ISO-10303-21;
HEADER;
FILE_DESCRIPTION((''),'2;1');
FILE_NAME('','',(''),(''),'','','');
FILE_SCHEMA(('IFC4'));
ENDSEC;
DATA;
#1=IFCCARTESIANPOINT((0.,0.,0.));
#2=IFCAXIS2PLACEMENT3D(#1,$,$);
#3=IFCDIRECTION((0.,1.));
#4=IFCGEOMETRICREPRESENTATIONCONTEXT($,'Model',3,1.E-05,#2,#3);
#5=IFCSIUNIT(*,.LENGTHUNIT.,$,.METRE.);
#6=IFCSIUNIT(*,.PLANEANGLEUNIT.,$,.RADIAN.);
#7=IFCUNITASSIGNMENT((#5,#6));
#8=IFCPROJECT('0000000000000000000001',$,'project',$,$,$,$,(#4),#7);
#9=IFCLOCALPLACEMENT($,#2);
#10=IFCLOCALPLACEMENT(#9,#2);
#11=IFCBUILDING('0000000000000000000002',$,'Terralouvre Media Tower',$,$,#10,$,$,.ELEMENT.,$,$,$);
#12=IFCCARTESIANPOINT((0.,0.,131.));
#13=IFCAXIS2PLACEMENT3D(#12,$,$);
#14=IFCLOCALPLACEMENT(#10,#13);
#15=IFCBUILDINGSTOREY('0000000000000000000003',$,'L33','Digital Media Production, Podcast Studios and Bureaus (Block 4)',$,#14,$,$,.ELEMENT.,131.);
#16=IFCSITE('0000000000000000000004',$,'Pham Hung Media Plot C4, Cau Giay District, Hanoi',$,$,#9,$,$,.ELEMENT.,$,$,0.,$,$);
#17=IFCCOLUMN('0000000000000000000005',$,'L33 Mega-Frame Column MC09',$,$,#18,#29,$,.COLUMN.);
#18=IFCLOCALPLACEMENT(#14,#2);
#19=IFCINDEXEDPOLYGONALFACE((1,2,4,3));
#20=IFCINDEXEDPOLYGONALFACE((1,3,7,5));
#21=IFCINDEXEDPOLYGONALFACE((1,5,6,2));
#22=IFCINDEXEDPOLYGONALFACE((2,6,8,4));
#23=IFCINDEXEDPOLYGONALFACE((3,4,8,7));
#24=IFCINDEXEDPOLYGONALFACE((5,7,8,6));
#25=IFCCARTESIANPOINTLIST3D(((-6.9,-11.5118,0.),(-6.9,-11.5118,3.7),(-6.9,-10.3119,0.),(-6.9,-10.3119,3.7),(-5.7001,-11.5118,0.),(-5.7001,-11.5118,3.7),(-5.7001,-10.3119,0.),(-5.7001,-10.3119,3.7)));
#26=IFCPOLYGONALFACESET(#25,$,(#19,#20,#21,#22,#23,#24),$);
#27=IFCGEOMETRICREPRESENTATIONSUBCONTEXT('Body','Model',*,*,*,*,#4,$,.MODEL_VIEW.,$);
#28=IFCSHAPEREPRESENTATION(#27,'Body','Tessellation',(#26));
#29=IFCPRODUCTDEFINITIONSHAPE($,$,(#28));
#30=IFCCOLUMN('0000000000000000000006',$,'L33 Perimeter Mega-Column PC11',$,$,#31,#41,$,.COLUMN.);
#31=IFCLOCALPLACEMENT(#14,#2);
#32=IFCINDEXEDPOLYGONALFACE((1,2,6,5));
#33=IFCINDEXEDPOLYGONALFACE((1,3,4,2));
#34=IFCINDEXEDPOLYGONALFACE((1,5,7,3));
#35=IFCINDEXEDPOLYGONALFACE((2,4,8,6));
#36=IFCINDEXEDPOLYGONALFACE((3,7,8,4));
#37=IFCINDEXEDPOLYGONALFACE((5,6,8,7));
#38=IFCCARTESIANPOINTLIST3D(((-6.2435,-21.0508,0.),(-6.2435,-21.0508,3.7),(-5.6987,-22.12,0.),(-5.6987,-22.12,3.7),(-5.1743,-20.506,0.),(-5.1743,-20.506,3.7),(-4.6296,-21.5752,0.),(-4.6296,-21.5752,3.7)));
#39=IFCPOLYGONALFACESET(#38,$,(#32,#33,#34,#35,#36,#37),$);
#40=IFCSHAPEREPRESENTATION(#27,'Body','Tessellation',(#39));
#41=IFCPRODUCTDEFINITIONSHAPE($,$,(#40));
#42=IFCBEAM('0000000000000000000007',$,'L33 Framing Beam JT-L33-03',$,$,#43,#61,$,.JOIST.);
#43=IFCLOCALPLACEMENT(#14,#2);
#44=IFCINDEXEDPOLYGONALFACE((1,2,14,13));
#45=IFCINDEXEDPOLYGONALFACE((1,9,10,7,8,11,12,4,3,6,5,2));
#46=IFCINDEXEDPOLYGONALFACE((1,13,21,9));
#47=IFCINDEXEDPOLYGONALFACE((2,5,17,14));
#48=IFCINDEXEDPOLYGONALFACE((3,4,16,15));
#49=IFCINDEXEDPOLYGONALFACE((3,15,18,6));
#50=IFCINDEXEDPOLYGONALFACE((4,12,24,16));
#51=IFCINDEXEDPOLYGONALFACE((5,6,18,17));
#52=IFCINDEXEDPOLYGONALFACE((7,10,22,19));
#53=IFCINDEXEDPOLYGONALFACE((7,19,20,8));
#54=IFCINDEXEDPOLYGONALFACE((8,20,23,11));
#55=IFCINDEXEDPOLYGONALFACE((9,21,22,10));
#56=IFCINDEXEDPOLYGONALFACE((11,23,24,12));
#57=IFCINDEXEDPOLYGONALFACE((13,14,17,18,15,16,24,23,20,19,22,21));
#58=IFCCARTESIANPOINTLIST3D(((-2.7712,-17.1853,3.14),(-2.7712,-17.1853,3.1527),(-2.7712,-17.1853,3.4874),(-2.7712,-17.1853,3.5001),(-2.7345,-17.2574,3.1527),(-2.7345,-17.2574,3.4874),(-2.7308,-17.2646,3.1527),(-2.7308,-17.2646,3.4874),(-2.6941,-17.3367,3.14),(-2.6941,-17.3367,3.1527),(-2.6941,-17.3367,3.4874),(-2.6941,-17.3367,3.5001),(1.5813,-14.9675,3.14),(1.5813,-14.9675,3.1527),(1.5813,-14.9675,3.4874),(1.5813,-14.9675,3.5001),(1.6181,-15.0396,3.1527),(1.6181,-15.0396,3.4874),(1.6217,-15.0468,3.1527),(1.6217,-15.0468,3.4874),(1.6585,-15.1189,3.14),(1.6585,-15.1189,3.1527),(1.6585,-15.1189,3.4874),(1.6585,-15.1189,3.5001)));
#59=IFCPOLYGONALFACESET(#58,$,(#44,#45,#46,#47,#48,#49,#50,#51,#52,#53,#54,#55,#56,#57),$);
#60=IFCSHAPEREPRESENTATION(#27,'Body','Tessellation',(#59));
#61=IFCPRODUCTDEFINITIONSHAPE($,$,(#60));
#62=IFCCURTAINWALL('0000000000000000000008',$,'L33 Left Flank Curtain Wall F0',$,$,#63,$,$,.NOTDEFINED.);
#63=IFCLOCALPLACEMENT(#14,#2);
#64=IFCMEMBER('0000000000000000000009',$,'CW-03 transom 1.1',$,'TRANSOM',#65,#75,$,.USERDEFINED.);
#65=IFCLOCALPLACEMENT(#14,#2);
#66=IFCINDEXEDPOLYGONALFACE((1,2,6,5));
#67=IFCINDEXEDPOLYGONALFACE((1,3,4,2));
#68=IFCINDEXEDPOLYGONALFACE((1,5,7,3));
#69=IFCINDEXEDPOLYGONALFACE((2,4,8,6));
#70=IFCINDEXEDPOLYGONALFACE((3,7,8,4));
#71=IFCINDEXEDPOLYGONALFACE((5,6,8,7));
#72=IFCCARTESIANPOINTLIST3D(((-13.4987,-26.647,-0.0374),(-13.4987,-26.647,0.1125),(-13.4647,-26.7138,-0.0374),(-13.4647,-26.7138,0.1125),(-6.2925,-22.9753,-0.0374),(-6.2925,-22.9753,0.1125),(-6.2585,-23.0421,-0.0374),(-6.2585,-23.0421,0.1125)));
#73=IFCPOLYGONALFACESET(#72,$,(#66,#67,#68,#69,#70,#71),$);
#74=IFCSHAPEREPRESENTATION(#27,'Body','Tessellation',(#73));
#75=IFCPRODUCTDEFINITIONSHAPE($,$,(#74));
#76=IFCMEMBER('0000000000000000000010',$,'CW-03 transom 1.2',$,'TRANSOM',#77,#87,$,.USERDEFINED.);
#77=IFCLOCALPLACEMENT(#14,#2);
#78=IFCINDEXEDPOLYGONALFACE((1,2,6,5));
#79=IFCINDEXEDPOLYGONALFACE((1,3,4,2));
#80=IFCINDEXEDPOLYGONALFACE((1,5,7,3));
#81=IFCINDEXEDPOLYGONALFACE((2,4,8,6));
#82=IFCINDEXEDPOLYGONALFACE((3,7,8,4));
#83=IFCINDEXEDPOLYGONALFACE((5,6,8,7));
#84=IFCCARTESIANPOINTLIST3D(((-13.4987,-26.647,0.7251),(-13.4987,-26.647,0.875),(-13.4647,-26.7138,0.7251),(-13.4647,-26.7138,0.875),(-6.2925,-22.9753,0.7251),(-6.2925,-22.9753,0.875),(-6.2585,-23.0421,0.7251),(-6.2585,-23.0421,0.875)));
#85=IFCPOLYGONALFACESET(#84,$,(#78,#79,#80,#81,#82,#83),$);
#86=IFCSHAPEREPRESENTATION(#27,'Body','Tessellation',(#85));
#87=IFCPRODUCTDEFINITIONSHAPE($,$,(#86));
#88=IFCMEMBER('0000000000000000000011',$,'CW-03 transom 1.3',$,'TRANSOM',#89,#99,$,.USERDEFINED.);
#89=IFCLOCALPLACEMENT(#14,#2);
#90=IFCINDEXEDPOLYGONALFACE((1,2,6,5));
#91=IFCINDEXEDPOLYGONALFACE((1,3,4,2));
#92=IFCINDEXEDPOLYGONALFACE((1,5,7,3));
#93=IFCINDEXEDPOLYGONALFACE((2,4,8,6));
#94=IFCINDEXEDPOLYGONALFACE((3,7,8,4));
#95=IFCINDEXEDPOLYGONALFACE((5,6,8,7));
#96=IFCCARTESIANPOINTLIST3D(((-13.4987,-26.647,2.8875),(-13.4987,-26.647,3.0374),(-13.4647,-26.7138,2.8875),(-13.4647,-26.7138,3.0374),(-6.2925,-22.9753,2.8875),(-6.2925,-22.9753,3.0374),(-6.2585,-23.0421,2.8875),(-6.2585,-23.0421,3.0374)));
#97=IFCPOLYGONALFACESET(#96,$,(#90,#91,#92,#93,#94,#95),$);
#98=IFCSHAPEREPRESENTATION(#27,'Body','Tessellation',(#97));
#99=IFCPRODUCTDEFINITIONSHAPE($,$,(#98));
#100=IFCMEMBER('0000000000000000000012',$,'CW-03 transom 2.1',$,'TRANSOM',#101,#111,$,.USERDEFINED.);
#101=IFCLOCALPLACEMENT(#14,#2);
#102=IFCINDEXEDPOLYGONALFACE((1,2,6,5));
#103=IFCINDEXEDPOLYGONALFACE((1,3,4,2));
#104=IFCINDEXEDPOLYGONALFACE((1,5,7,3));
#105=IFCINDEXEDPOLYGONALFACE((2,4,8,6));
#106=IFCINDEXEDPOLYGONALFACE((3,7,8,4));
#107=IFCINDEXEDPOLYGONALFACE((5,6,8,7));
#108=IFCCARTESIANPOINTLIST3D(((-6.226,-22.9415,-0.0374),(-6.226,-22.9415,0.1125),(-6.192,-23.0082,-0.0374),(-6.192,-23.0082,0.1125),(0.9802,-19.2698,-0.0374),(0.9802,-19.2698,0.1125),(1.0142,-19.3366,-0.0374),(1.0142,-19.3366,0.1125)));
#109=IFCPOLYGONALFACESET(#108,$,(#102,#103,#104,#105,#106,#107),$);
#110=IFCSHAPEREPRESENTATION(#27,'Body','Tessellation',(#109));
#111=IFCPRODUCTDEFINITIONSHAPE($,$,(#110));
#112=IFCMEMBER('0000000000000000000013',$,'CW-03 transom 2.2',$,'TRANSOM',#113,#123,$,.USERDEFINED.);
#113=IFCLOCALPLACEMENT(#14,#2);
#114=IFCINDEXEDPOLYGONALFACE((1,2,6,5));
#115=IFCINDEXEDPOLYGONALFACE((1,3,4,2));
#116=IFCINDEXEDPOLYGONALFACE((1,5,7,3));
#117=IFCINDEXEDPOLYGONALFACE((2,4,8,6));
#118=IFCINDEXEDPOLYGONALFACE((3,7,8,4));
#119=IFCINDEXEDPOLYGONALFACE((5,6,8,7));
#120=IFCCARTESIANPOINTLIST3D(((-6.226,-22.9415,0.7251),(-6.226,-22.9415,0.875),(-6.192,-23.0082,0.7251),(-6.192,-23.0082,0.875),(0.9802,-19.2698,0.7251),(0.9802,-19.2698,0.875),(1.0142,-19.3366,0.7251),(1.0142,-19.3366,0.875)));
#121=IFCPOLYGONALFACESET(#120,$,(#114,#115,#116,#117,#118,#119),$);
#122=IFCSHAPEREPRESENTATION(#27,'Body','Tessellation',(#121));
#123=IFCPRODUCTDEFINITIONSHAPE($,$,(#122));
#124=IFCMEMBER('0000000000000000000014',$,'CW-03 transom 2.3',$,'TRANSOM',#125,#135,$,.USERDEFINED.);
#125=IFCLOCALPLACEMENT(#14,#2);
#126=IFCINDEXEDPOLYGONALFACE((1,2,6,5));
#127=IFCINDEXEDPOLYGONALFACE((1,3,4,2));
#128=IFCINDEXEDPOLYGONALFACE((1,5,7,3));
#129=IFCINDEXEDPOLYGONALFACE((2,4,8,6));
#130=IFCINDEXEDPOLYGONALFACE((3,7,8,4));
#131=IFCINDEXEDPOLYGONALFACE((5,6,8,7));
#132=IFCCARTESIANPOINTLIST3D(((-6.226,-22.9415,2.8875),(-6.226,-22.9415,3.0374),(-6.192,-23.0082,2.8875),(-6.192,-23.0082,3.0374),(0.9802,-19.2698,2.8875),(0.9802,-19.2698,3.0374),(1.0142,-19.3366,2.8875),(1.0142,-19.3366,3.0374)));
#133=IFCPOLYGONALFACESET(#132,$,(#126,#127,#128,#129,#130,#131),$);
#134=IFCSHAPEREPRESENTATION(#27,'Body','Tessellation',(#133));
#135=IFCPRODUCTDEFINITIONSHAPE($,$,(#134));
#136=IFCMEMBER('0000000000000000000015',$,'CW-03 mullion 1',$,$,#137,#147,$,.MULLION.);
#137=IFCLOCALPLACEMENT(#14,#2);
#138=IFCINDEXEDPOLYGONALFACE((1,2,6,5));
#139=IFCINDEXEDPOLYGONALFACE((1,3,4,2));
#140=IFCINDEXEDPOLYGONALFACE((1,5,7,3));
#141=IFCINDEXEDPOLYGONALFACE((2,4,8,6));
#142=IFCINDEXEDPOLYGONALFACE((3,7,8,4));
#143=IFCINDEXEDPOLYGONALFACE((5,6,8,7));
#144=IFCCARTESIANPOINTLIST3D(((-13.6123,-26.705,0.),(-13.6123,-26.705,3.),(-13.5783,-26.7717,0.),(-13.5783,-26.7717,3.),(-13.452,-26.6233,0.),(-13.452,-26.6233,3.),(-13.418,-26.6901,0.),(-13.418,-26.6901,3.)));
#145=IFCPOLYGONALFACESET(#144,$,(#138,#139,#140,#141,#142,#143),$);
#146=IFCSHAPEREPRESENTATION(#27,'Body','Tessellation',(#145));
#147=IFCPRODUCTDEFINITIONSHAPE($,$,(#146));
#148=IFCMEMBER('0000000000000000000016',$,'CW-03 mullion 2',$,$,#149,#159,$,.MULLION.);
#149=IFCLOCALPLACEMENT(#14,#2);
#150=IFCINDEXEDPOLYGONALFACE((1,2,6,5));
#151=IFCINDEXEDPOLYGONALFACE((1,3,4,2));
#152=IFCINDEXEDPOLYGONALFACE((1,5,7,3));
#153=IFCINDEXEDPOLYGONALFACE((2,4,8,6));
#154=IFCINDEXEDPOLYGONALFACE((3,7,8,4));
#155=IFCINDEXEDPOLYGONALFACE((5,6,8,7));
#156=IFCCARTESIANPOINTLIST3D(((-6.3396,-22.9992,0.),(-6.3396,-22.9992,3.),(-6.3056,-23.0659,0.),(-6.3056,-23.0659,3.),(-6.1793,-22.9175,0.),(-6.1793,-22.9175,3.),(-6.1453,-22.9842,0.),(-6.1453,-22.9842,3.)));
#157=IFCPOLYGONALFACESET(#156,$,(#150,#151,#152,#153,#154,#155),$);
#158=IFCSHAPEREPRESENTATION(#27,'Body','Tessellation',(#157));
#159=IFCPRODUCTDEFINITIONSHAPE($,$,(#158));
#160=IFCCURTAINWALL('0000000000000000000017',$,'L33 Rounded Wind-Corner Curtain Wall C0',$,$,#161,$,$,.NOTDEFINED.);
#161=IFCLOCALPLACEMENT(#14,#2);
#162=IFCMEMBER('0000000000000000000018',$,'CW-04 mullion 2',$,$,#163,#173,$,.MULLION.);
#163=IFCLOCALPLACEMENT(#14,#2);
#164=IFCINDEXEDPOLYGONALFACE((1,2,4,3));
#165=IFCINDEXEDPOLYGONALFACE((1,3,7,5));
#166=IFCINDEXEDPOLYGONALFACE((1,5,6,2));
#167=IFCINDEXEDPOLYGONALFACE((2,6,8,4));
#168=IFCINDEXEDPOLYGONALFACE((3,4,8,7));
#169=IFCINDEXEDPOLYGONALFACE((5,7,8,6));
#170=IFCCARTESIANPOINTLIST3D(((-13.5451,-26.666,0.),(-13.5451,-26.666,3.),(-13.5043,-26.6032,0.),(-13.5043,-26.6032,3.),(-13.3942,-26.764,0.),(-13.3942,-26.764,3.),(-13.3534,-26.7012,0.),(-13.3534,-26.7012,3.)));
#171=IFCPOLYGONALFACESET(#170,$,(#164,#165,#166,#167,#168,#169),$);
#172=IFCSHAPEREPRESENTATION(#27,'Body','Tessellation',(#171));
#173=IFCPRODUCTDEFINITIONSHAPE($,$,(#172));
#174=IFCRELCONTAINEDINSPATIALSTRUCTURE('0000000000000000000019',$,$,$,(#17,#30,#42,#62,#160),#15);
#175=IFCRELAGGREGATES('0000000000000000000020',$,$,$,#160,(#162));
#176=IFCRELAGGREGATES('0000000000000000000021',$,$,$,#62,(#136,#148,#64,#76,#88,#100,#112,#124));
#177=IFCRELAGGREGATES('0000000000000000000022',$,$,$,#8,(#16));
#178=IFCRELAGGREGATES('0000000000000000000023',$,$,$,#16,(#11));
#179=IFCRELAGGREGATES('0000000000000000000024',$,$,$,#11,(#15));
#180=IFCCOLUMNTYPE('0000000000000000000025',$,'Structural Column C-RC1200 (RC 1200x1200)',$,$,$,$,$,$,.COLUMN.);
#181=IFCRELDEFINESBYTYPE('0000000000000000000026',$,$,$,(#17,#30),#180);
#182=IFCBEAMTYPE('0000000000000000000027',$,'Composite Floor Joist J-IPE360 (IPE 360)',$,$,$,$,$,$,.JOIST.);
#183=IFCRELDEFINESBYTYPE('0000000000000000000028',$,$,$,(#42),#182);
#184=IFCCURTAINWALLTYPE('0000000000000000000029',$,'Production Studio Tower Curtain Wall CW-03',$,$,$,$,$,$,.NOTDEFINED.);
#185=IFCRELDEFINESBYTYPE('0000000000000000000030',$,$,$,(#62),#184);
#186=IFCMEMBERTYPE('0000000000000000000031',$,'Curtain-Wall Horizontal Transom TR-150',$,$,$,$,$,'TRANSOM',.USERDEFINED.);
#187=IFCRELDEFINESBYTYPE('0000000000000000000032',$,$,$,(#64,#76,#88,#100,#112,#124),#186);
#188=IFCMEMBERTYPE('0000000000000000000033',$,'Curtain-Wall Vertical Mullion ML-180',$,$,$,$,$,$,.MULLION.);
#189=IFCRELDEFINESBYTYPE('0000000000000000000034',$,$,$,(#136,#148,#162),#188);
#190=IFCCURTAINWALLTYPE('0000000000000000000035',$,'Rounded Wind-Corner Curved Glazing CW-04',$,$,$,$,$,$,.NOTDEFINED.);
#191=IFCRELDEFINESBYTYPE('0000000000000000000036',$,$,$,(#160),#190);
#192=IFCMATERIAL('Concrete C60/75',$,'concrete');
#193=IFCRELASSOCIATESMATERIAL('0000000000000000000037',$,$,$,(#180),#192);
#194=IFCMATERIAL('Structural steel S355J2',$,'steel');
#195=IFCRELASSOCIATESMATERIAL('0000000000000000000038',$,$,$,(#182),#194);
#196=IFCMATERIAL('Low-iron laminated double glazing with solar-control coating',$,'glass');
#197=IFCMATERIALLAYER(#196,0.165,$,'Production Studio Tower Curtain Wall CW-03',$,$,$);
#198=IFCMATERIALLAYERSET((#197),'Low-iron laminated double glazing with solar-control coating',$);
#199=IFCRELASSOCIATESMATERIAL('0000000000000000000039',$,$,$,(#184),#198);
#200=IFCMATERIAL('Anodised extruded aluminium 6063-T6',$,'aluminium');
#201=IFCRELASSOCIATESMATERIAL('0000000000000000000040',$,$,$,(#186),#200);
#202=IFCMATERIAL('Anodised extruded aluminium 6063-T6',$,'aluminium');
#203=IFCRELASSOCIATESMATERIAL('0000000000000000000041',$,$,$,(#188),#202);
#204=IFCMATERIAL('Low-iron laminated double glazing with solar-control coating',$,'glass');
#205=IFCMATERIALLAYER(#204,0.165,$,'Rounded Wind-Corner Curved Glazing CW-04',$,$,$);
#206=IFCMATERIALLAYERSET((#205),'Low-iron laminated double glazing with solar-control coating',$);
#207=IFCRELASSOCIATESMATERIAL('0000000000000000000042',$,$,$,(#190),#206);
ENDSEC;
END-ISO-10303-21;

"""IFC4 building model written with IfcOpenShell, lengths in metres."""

from ifc_helpers import new_model, si_unit, direction, frame, origin, origin_2d, place, context, subcontext, project, spatial, rectangle, i_section, extrude, material, layer, layer_set, material_profile, profile_set, type_object, element, aggregate, save


model = new_model("IFC4")

# Units and contexts
model_context = context("Model", 3, precision=1e-05, world=origin(), true_north=direction((0.0, 1.0)))
body_context = subcontext(model_context, "Body", "Model", "MODEL_VIEW")
ifc_project = project(units=[si_unit("LENGTHUNIT", "METRE"), si_unit("PLANEANGLEUNIT", "RADIAN")], contexts=[model_context])

# Site, building, storey
site_placement = place(None, origin())
site = spatial("IfcSite", under=ifc_project, at=site_placement, Name="Pham Hung Media Plot C4, Cau Giay District, Hanoi", CompositionType="ELEMENT", RefElevation=0.0)
building_placement = place(site_placement, origin())
building = spatial("IfcBuilding", under=site, at=building_placement, Name="Terralouvre Media Tower", CompositionType="ELEMENT")
storey_placement = place(building_placement, frame((0.0, 0.0, 131.0)))
storey = spatial("IfcBuildingStorey", under=building, at=storey_placement, Name="L33", Description="Digital Media Production, Podcast Studios and Bureaus (Block 4)", CompositionType="ELEMENT", Elevation=131.0)

# Columns
ifc_material_1 = material(Name="Concrete C60/75", Category="concrete")
ifc_material_profile_1 = material_profile(ifc_material_1, rectangle(XDim=1.2, YDim=1.2, at=origin_2d()), Name="RC 1200x1200")
ifc_profile_set_1 = profile_set([ifc_material_profile_1], Name="Concrete C60/75")
column_type = type_object("IfcColumnType", Name="Structural Column C-RC1200 (RC 1200x1200)", PredefinedType="COLUMN", material=ifc_profile_set_1)
for number, where, z_axis, x_axis, name in (
    (1, (-6.3, -10.9119, 0.0), (0.0, 0.0, 1.0), (1.0, 0.0, 0.0), "L33 Mega-Frame Column MC09"),
    (2, (-5.4365, -21.313, 0.0), (0.0, 0.0, 1.0), (0.891007, 0.45399, 0.0), "L33 Perimeter Mega-Column PC11"),
):
    element("IfcColumn", number, at=place(storey_placement, frame(where, z_axis=z_axis, x_axis=x_axis)), inside=storey, type_object=column_type, Name=name, PredefinedType="COLUMN", context=body_context, shape_type="SweptSolid", body=[
        extrude(rectangle(XDim=1.2, YDim=1.2, at=origin_2d()), origin(), (0.0, 0.0, 1.0), 3.7),
    ])

# Beam
ifc_material_2 = material(Name="Structural steel S355J2", Category="steel")
ifc_material_profile_2 = material_profile(ifc_material_2, i_section(OverallWidth=0.1699, OverallDepth=0.3601, WebThickness=0.0081, FlangeThickness=0.0127, at=origin_2d()), Name="IPE 360")
ifc_profile_set_2 = profile_set([ifc_material_profile_2], Name="Structural steel S355J2")
beam_type_1 = type_object("IfcBeamType", Name="Composite Floor Joist J-IPE360 (IPE 360)", PredefinedType="JOIST", material=ifc_profile_set_2)
beam_1_placement = place(storey_placement, frame((-2.7327, -17.261, 3.3201), z_axis=(0.891003, 0.453998, 0.0), x_axis=(-0.453998, 0.891003, 0.0)))
element("IfcBeam", 3, at=beam_1_placement, inside=storey, type_object=beam_type_1, Name="L33 Framing Beam JT-L33-03", PredefinedType="JOIST", context=body_context, shape_type="SweptSolid", body=[
    extrude(i_section(OverallWidth=0.1699, OverallDepth=0.3601, WebThickness=0.0081, FlangeThickness=0.0127, at=origin_2d()), origin(), (0.0, 0.0, 1.0), 4.885),
])

# Curtain wall, members
ifc_material_3 = material(Name="Low-iron laminated double glazing with solar-control coating", Category="glass")
ifc_layer_1 = layer(ifc_material_3, 0.165, Name="Production Studio Tower Curtain Wall CW-03")
ifc_layer_set_1 = layer_set([ifc_layer_1], Name="Low-iron laminated double glazing with solar-control coating")
curtain_wall_type_1 = type_object("IfcCurtainWallType", Name="Production Studio Tower Curtain Wall CW-03", PredefinedType="NOTDEFINED", material=ifc_layer_set_1)
curtain_wall_1_placement = place(storey_placement, origin())
curtain_wall_1 = element("IfcCurtainWall", 4, at=curtain_wall_1_placement, inside=storey, type_object=curtain_wall_type_1, Name="L33 Left Flank Curtain Wall F0", PredefinedType="NOTDEFINED")
ifc_material_4 = material(Name="Anodised extruded aluminium 6063-T6", Category="aluminium")
ifc_material_profile_3 = material_profile(ifc_material_4, rectangle(XDim=0.075, YDim=0.1499, at=origin_2d()), Name="ALU 75x150")
ifc_profile_set_3 = profile_set([ifc_material_profile_3], Name="Anodised extruded aluminium 6063-T6")
member_type_1 = type_object("IfcMemberType", Name="Curtain-Wall Horizontal Transom TR-150", ElementType="TRANSOM", PredefinedType="USERDEFINED", material=ifc_profile_set_3)
member_1_placement = place(storey_placement, frame((-13.4817, -26.6804, 0.0376), z_axis=(0.891008, 0.453987, 0.0), x_axis=(-0.453987, 0.891008, 0.0)))
member_1 = element("IfcMember", 5, at=member_1_placement, type_object=member_type_1, Name="CW-03 transom 1.1", ObjectType="TRANSOM", PredefinedType="USERDEFINED", context=body_context, shape_type="SweptSolid", body=[
    extrude(rectangle(XDim=0.075, YDim=0.1499, at=origin_2d()), origin(), (0.0, 0.0, 1.0), 8.0876),
])
member_2_placement = place(storey_placement, frame((-13.4817, -26.6804, 0.8), z_axis=(0.891008, 0.453987, 0.0), x_axis=(-0.453987, 0.891008, 0.0)))
member_2 = element("IfcMember", 6, at=member_2_placement, type_object=member_type_1, Name="CW-03 transom 1.2", ObjectType="TRANSOM", PredefinedType="USERDEFINED", context=body_context, shape_type="SweptSolid", body=[
    extrude(rectangle(XDim=0.075, YDim=0.1499, at=origin_2d()), origin(), (0.0, 0.0, 1.0), 8.0876),
])
member_3_placement = place(storey_placement, frame((-13.4817, -26.6804, 2.9624), z_axis=(0.891008, 0.453987, 0.0), x_axis=(-0.453987, 0.891008, 0.0)))
member_3 = element("IfcMember", 7, at=member_3_placement, type_object=member_type_1, Name="CW-03 transom 1.3", ObjectType="TRANSOM", PredefinedType="USERDEFINED", context=body_context, shape_type="SweptSolid", body=[
    extrude(rectangle(XDim=0.075, YDim=0.1499, at=origin_2d()), origin(), (0.0, 0.0, 1.0), 8.0876),
])
member_4_placement = place(storey_placement, frame((-6.209, -22.9749, 0.0376), z_axis=(0.891008, 0.453987, 0.0), x_axis=(-0.453987, 0.891008, 0.0)))
member_4 = element("IfcMember", 8, at=member_4_placement, type_object=member_type_1, Name="CW-03 transom 2.1", ObjectType="TRANSOM", PredefinedType="USERDEFINED", context=body_context, shape_type="SweptSolid", body=[
    extrude(rectangle(XDim=0.075, YDim=0.1499, at=origin_2d()), origin(), (0.0, 0.0, 1.0), 8.0876),
])
member_5_placement = place(storey_placement, frame((-6.209, -22.9749, 0.8), z_axis=(0.891008, 0.453987, 0.0), x_axis=(-0.453987, 0.891008, 0.0)))
member_5 = element("IfcMember", 9, at=member_5_placement, type_object=member_type_1, Name="CW-03 transom 2.2", ObjectType="TRANSOM", PredefinedType="USERDEFINED", context=body_context, shape_type="SweptSolid", body=[
    extrude(rectangle(XDim=0.075, YDim=0.1499, at=origin_2d()), origin(), (0.0, 0.0, 1.0), 8.0876),
])
member_6_placement = place(storey_placement, frame((-6.209, -22.9749, 2.9624), z_axis=(0.891008, 0.453987, 0.0), x_axis=(-0.453987, 0.891008, 0.0)))
member_6 = element("IfcMember", 10, at=member_6_placement, type_object=member_type_1, Name="CW-03 transom 2.3", ObjectType="TRANSOM", PredefinedType="USERDEFINED", context=body_context, shape_type="SweptSolid", body=[
    extrude(rectangle(XDim=0.075, YDim=0.1499, at=origin_2d()), origin(), (0.0, 0.0, 1.0), 8.0876),
])
ifc_material_5 = material(Name="Anodised extruded aluminium 6063-T6", Category="aluminium")
ifc_material_profile_4 = material_profile(ifc_material_5, rectangle(XDim=0.075, YDim=0.1799, at=origin_2d()), Name="ALU 75x180")
ifc_profile_set_4 = profile_set([ifc_material_profile_4], Name="Anodised extruded aluminium 6063-T6")
member_type_2 = type_object("IfcMemberType", Name="Curtain-Wall Vertical Mullion ML-180", PredefinedType="MULLION", material=ifc_profile_set_4)
member_7_placement = place(storey_placement, frame((-13.5151, -26.6975, 0.0), z_axis=(0.0, 0.0, 1.0), x_axis=(-0.45399, 0.891007, 0.0)))
member_7 = element("IfcMember", 11, at=member_7_placement, type_object=member_type_2, Name="CW-03 mullion 1", PredefinedType="MULLION", context=body_context, shape_type="SweptSolid", body=[
    extrude(rectangle(XDim=0.075, YDim=0.1799, at=origin_2d()), origin(), (0.0, 0.0, 1.0), 3.0),
])
member_8_placement = place(storey_placement, frame((-6.2424, -22.9917, 0.0), z_axis=(0.0, 0.0, 1.0), x_axis=(-0.45399, 0.891007, 0.0)))
member_8 = element("IfcMember", 12, at=member_8_placement, type_object=member_type_2, Name="CW-03 mullion 2", PredefinedType="MULLION", context=body_context, shape_type="SweptSolid", body=[
    extrude(rectangle(XDim=0.075, YDim=0.1799, at=origin_2d()), origin(), (0.0, 0.0, 1.0), 3.0),
])

# Curtain wall, member
ifc_material_6 = material(Name="Low-iron laminated double glazing with solar-control coating", Category="glass")
ifc_layer_2 = layer(ifc_material_6, 0.165, Name="Rounded Wind-Corner Curved Glazing CW-04")
ifc_layer_set_2 = layer_set([ifc_layer_2], Name="Low-iron laminated double glazing with solar-control coating")
curtain_wall_type_2 = type_object("IfcCurtainWallType", Name="Rounded Wind-Corner Curved Glazing CW-04", PredefinedType="NOTDEFINED", material=ifc_layer_set_2)
curtain_wall_2_placement = place(storey_placement, origin())
curtain_wall_2 = element("IfcCurtainWall", 13, at=curtain_wall_2_placement, inside=storey, type_object=curtain_wall_type_2, Name="L33 Rounded Wind-Corner Curtain Wall C0", PredefinedType="NOTDEFINED")
member_9_placement = place(storey_placement, frame((-13.4492, -26.6836, 0.0), z_axis=(0.0, 0.0, 1.0), x_axis=(0.544639, 0.83867, 0.0)))
member_9 = element("IfcMember", 14, at=member_9_placement, type_object=member_type_2, Name="CW-04 mullion 2", PredefinedType="MULLION", context=body_context, shape_type="SweptSolid", body=[
    extrude(rectangle(XDim=0.075, YDim=0.1799, at=origin_2d()), origin(), (0.0, 0.0, 1.0), 3.0),
])
aggregate(curtain_wall_2, [member_9])

aggregate(curtain_wall_1, [member_7, member_8, member_1, member_2, member_3, member_4, member_5, member_6])

save(model, "model.ifc")
